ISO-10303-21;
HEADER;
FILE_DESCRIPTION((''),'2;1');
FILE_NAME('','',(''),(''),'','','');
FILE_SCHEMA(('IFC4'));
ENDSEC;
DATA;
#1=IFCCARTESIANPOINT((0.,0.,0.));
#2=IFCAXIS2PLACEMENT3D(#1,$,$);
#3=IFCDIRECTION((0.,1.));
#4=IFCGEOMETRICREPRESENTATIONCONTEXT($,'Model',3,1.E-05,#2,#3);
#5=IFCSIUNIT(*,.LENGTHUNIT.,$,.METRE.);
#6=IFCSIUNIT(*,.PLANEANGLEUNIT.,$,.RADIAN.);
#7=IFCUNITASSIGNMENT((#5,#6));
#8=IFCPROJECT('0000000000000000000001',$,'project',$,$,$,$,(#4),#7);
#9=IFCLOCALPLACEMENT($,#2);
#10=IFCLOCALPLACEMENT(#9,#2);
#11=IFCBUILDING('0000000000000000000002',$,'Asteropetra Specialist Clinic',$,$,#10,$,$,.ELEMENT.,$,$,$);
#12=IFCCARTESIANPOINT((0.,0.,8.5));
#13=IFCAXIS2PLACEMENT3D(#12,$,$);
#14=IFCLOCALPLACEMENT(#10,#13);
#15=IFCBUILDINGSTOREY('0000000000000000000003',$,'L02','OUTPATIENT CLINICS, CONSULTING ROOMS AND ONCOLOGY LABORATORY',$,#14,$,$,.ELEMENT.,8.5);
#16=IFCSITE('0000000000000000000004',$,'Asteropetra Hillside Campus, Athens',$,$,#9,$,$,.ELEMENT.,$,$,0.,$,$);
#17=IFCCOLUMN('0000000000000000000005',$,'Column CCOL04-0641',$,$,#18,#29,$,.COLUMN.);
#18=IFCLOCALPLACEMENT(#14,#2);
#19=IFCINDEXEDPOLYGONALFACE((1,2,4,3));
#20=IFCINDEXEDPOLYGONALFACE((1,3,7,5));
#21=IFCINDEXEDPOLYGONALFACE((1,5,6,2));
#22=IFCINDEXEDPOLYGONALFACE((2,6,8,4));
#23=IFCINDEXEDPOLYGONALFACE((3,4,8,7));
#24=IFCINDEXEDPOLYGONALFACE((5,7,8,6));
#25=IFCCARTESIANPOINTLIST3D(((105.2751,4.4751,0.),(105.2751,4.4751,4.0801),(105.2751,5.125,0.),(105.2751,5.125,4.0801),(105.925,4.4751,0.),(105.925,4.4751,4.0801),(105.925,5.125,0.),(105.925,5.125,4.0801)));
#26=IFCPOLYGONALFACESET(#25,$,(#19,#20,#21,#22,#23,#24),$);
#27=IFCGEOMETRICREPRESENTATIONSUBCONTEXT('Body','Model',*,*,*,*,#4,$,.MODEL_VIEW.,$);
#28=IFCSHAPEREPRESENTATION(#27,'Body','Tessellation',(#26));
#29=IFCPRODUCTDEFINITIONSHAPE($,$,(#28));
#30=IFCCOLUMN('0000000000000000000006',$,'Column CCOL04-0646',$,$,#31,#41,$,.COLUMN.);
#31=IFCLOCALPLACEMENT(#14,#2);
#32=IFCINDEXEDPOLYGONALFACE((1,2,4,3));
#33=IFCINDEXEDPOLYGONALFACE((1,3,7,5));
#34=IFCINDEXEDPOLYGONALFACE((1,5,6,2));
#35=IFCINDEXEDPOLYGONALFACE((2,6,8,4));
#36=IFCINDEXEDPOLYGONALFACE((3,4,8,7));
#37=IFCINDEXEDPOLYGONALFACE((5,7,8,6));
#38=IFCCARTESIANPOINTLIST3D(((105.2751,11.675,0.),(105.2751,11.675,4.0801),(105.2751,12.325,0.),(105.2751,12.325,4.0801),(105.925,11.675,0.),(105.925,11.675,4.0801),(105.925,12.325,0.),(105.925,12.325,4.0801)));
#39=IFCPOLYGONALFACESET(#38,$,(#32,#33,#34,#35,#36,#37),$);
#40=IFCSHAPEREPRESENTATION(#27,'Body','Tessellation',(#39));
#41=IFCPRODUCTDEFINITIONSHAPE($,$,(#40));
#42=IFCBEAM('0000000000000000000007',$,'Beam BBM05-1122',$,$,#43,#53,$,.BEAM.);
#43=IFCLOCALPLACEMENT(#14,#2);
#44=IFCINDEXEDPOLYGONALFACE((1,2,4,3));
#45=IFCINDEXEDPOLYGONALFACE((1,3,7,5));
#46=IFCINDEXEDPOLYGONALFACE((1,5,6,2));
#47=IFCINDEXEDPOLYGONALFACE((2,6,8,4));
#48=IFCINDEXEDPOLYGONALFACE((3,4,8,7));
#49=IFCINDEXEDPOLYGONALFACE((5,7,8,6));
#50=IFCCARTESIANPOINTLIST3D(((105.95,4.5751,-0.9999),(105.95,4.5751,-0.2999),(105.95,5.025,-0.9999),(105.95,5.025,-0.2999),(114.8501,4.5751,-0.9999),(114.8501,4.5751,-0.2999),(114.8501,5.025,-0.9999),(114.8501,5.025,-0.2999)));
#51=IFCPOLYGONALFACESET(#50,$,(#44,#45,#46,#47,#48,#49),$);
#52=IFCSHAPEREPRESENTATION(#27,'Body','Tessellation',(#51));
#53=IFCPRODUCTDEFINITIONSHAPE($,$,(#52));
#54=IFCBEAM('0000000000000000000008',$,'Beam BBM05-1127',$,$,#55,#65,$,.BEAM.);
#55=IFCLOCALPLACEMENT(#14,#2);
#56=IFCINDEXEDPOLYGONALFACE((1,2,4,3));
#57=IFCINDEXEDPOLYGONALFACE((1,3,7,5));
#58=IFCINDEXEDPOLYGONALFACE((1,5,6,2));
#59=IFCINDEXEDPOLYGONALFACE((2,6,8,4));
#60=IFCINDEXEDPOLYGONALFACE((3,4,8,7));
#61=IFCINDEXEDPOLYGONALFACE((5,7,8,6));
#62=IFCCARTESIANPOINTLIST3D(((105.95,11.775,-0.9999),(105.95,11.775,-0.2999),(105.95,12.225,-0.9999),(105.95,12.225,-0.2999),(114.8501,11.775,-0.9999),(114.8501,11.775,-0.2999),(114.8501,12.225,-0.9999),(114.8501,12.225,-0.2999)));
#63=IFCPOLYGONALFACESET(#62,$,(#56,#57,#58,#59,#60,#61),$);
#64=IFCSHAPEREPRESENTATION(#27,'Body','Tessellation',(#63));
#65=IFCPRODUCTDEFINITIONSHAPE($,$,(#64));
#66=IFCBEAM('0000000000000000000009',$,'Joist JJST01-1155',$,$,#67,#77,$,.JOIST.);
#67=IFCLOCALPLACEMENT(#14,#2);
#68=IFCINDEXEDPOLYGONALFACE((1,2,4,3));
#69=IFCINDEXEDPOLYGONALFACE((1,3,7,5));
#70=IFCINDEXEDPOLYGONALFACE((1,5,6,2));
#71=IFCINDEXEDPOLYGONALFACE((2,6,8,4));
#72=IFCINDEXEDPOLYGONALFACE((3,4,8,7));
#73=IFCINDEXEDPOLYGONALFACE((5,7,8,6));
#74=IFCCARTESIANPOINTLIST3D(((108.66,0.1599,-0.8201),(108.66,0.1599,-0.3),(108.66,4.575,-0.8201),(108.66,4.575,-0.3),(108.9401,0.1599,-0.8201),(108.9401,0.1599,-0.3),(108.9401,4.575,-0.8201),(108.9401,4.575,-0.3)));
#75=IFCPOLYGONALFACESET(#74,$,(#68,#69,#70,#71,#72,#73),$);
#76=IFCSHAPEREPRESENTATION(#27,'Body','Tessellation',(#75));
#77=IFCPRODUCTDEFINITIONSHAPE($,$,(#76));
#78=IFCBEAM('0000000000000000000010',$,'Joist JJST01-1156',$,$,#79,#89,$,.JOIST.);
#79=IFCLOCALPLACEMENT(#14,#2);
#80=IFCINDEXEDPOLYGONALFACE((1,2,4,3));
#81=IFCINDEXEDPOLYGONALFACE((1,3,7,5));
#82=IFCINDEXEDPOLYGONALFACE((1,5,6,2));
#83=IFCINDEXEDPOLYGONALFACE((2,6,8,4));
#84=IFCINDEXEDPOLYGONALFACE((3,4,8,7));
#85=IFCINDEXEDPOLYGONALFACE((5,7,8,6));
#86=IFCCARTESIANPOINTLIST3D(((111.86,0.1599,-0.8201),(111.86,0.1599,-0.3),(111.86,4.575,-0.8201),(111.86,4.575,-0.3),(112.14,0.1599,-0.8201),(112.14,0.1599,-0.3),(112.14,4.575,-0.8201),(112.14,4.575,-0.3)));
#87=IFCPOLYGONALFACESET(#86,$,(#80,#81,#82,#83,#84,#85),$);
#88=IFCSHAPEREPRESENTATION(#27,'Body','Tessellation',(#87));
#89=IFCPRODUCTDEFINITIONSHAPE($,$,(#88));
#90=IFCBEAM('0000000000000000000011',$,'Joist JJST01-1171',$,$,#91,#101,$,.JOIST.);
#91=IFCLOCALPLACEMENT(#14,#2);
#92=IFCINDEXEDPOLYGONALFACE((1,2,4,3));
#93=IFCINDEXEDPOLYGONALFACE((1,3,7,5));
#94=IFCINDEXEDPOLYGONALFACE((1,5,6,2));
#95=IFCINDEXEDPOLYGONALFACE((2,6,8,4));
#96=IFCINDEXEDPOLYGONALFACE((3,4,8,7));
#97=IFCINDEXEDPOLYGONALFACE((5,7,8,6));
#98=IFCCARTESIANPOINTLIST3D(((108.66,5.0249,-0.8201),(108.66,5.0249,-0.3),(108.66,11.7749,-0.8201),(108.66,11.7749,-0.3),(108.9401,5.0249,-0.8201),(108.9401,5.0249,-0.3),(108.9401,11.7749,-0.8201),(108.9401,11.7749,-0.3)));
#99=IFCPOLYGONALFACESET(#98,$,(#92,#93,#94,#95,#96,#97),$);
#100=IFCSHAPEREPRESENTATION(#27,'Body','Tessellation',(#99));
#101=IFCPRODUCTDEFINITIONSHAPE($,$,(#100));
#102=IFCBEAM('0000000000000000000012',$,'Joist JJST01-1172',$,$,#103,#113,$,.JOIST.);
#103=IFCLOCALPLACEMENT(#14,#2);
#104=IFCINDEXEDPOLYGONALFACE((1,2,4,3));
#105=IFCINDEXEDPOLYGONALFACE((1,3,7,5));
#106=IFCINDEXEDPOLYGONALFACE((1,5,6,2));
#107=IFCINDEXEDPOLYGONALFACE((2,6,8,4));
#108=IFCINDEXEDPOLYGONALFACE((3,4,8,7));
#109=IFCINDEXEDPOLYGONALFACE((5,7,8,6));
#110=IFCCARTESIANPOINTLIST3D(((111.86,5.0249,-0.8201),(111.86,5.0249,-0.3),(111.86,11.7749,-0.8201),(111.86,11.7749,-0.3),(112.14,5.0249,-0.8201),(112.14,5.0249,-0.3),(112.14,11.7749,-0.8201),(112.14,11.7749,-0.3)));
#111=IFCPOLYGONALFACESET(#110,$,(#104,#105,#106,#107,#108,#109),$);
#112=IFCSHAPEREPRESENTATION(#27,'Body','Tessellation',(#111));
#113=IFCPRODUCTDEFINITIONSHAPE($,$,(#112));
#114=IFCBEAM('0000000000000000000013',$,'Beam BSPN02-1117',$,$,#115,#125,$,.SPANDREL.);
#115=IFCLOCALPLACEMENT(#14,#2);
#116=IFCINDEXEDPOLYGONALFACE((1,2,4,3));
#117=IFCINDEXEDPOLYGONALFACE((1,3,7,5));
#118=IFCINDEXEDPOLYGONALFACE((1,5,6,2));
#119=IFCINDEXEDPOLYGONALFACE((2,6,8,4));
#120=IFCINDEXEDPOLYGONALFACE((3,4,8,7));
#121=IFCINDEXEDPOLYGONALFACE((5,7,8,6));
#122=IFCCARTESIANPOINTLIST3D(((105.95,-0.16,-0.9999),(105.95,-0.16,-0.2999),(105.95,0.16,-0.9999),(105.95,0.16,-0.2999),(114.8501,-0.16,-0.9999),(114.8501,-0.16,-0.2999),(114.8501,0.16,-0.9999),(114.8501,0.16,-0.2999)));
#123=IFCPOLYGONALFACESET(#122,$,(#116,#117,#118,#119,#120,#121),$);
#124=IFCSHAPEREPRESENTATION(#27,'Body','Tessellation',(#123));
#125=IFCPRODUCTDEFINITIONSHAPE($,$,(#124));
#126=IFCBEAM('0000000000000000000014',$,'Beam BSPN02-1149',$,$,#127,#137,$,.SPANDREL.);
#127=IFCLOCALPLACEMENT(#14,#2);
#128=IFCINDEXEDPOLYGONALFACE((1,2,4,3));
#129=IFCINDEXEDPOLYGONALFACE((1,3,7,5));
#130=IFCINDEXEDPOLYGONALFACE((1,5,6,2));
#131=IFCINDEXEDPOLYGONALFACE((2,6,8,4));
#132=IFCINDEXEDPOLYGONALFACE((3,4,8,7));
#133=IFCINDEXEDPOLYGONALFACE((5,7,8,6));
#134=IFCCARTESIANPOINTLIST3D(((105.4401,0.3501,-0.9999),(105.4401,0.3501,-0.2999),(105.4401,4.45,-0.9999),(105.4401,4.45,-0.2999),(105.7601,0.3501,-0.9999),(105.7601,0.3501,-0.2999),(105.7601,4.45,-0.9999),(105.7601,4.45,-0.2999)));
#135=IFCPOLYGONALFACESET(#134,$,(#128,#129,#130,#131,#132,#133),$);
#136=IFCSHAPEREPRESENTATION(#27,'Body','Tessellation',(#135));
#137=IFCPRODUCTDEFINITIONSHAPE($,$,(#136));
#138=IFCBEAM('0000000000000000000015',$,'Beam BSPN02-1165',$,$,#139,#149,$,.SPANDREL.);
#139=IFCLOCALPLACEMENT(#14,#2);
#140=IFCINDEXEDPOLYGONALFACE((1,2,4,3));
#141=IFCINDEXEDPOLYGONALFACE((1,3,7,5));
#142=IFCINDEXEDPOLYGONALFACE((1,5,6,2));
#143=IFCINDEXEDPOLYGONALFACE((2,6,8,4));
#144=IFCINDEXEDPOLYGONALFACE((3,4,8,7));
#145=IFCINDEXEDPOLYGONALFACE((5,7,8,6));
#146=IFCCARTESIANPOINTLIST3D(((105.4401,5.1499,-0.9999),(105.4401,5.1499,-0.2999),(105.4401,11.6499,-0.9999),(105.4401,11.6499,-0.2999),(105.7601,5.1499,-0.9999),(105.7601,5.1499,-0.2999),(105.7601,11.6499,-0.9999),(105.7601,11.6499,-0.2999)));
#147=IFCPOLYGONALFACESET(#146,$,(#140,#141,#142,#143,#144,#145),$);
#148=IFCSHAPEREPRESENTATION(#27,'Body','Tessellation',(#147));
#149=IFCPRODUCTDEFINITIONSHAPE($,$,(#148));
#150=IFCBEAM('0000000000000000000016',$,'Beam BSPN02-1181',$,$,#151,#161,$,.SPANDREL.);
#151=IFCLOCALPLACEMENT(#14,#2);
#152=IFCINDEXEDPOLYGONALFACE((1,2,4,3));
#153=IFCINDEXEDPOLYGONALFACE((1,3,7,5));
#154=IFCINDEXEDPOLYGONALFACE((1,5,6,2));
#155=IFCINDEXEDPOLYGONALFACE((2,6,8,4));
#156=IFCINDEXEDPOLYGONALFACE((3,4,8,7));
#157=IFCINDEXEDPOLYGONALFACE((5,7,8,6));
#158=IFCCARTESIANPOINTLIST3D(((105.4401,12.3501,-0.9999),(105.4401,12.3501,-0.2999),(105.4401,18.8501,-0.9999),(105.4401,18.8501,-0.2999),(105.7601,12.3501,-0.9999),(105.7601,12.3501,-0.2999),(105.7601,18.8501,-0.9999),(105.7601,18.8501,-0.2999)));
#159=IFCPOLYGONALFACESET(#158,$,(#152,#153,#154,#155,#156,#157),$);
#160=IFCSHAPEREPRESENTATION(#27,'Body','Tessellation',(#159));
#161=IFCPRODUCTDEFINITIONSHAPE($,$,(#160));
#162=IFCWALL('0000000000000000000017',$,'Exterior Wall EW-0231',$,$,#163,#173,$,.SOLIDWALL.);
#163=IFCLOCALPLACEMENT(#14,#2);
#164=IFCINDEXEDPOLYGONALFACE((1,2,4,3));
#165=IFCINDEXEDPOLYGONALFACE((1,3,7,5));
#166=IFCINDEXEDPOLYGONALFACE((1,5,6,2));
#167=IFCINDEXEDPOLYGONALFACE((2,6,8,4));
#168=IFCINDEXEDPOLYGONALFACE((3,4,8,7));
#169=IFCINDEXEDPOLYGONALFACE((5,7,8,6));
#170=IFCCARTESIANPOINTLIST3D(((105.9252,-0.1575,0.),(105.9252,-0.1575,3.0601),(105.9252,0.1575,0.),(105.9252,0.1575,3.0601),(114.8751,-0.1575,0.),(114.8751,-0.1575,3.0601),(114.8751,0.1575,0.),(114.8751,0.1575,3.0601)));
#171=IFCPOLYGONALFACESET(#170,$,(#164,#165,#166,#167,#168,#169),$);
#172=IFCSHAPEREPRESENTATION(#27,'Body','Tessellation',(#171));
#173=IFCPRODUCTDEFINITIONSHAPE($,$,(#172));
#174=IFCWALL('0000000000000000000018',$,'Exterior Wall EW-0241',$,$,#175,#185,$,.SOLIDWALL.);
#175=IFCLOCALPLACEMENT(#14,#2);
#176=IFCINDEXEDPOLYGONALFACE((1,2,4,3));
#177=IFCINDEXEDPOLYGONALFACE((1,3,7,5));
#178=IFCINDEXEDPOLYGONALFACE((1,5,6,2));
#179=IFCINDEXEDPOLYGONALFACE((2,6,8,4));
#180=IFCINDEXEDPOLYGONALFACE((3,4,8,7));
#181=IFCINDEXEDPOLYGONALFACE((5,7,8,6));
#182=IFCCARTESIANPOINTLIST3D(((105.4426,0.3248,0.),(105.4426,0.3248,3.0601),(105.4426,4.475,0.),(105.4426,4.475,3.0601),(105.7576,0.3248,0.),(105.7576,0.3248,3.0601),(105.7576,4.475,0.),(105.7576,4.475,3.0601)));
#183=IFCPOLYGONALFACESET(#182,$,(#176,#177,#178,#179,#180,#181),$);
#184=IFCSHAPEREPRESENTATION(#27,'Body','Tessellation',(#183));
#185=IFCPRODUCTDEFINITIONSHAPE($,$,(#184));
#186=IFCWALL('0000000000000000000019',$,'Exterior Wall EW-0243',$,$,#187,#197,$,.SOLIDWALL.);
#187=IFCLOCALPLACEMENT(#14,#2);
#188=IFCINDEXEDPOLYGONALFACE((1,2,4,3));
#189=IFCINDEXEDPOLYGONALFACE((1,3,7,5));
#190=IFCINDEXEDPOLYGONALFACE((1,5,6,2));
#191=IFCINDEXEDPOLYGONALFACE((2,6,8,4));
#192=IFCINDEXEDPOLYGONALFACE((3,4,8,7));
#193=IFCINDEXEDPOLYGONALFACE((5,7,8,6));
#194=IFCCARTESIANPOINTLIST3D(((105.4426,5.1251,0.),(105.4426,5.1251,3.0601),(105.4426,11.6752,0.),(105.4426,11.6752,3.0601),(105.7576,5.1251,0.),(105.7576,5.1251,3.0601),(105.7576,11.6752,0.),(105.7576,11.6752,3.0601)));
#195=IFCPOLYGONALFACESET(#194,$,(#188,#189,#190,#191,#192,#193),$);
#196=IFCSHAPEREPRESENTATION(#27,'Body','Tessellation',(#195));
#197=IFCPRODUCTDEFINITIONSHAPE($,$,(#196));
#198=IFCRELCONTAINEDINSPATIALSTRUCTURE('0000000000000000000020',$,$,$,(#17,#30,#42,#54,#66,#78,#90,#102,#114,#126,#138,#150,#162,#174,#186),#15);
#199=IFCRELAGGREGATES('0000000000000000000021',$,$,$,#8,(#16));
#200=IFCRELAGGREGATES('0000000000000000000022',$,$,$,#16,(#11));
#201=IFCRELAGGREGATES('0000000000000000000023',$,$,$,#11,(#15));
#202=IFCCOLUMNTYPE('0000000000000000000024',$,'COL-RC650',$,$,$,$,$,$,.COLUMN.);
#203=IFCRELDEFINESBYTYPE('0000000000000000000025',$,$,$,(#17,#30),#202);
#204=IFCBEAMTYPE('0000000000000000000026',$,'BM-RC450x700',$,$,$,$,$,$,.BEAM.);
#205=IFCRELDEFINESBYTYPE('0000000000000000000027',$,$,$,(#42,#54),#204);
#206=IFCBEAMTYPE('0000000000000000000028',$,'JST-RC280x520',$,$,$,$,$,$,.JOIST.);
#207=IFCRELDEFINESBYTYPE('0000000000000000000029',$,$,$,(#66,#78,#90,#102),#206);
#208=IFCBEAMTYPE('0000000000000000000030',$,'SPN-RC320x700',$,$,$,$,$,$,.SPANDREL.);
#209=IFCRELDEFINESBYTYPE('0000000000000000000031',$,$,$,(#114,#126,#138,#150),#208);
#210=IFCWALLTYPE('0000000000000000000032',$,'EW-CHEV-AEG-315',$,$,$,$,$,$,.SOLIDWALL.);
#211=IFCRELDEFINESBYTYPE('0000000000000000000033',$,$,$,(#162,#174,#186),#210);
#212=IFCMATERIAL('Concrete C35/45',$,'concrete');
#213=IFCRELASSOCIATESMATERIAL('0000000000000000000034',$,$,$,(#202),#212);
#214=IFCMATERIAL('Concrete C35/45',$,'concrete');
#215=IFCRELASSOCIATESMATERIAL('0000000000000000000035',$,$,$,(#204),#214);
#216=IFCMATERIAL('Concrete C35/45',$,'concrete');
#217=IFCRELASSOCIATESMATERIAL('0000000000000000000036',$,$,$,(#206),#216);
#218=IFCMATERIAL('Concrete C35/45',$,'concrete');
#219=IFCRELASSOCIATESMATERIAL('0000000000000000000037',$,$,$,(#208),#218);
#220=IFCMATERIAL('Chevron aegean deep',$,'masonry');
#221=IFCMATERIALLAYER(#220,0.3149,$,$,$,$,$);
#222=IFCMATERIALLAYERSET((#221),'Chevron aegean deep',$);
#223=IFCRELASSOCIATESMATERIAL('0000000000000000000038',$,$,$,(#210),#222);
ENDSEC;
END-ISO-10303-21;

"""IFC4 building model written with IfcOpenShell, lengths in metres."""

from ifc_helpers import new_model, si_unit, direction, frame, frame_2d, origin, origin_2d, place, context, subcontext, project, spatial, rectangle, extrude, material, layer, layer_set, material_profile, profile_set, type_object, element, save


model = new_model("IFC4")

# Units and contexts
model_context = context("Model", 3, precision=1e-05, world=origin(), true_north=direction((0.0, 1.0)))
body_context = subcontext(model_context, "Body", "Model", "MODEL_VIEW")
ifc_project = project(units=[si_unit("LENGTHUNIT", "METRE"), si_unit("PLANEANGLEUNIT", "RADIAN")], contexts=[model_context])

# Site, building, storey
site_placement = place(None, origin())
site = spatial("IfcSite", under=ifc_project, at=site_placement, Name="Asteropetra Hillside Campus, Athens", CompositionType="ELEMENT", RefElevation=0.0)
building_placement = place(site_placement, origin())
building = spatial("IfcBuilding", under=site, at=building_placement, Name="Asteropetra Specialist Clinic", CompositionType="ELEMENT")
storey_placement = place(building_placement, frame((0.0, 0.0, 8.5)))
storey = spatial("IfcBuildingStorey", under=building, at=storey_placement, Name="L02", Description="OUTPATIENT CLINICS, CONSULTING ROOMS AND ONCOLOGY LABORATORY", CompositionType="ELEMENT", Elevation=8.5)

# Columns
ifc_material_1 = material(Name="Concrete C35/45", Category="concrete")
ifc_material_profile_1 = material_profile(ifc_material_1, rectangle(XDim=0.6499, YDim=0.6499, at=origin_2d()), Name="RC 650x650")
ifc_profile_set_1 = profile_set([ifc_material_profile_1], Name="Concrete C35/45")
column_type = type_object("IfcColumnType", Name="COL-RC650", PredefinedType="COLUMN", material=ifc_profile_set_1)
for number, where, z_axis, x_axis, name in (
    (1, (105.6001, 4.8, 0.0), (0.0, 0.0, 1.0), (1.0, 0.0, 0.0), "Column CCOL04-0641"),
    (2, (105.6001, 12.0, 0.0), (0.0, 0.0, 1.0), (1.0, 0.0, 0.0), "Column CCOL04-0646"),
):
    element("IfcColumn", number, at=place(storey_placement, frame(where, z_axis=z_axis, x_axis=x_axis)), inside=storey, type_object=column_type, Name=name, PredefinedType="COLUMN", context=body_context, shape_type="SweptSolid", body=[
        extrude(rectangle(XDim=0.6499, YDim=0.6499, at=origin_2d()), origin(), (0.0, 0.0, 1.0), 4.0801),
    ])

# Beams
ifc_material_2 = material(Name="Concrete C35/45", Category="concrete")
ifc_material_profile_2 = material_profile(ifc_material_2, rectangle(XDim=0.45, YDim=0.7, at=origin_2d()), Name="RCB 450x700")
ifc_profile_set_2 = profile_set([ifc_material_profile_2], Name="Concrete C35/45")
beam_type_1 = type_object("IfcBeamType", Name="BM-RC450x700", PredefinedType="BEAM", material=ifc_profile_set_2)
for number, where, z_axis, x_axis, name in (
    (3, (105.95, 4.8, -0.6499), (1.0, 0.0, 0.0), (0.0, 1.0, 0.0), "Beam BBM05-1122"),
    (4, (105.95, 12.0, -0.6499), (1.0, 0.0, 0.0), (0.0, 1.0, 0.0), "Beam BBM05-1127"),
):
    element("IfcBeam", number, at=place(storey_placement, frame(where, z_axis=z_axis, x_axis=x_axis)), inside=storey, type_object=beam_type_1, Name=name, PredefinedType="BEAM", context=body_context, shape_type="SweptSolid", body=[
        extrude(rectangle(XDim=0.45, YDim=0.7, at=origin_2d()), origin(), (0.0, 0.0, 1.0), 8.9001),
    ])
ifc_material_3 = material(Name="Concrete C35/45", Category="concrete")
ifc_material_profile_3 = material_profile(ifc_material_3, rectangle(XDim=0.28, YDim=0.52, at=origin_2d()), Name="RCJ 280x520")
ifc_profile_set_3 = profile_set([ifc_material_profile_3], Name="Concrete C35/45")
beam_type_2 = type_object("IfcBeamType", Name="JST-RC280x520", PredefinedType="JOIST", material=ifc_profile_set_3)
for number, where, z_axis, x_axis, name in (
    (5, (108.8, 0.1599, -0.5601), (0.0, 1.0, 0.0), (-1.0, 0.0, 0.0), "Joist JJST01-1155"),
    (6, (112.0, 0.1599, -0.5601), (0.0, 1.0, 0.0), (-1.0, 0.0, 0.0), "Joist JJST01-1156"),
):
    element("IfcBeam", number, at=place(storey_placement, frame(where, z_axis=z_axis, x_axis=x_axis)), inside=storey, type_object=beam_type_2, Name=name, PredefinedType="JOIST", context=body_context, shape_type="SweptSolid", body=[
        extrude(rectangle(XDim=0.28, YDim=0.52, at=origin_2d()), origin(), (0.0, 0.0, 1.0), 4.415),
    ])
for number, where, z_axis, x_axis, name in (
    (7, (108.8, 5.0249, -0.5601), (0.0, 1.0, 0.0), (-1.0, 0.0, 0.0), "Joist JJST01-1171"),
    (8, (112.0, 5.0249, -0.5601), (0.0, 1.0, 0.0), (-1.0, 0.0, 0.0), "Joist JJST01-1172"),
):
    element("IfcBeam", number, at=place(storey_placement, frame(where, z_axis=z_axis, x_axis=x_axis)), inside=storey, type_object=beam_type_2, Name=name, PredefinedType="JOIST", context=body_context, shape_type="SweptSolid", body=[
        extrude(rectangle(XDim=0.28, YDim=0.52, at=origin_2d()), origin(), (0.0, 0.0, 1.0), 6.75),
    ])
ifc_material_4 = material(Name="Concrete C35/45", Category="concrete")
ifc_material_profile_4 = material_profile(ifc_material_4, rectangle(XDim=0.3201, YDim=0.7, at=origin_2d()), Name="RCS 320x700")
ifc_profile_set_4 = profile_set([ifc_material_profile_4], Name="Concrete C35/45")
beam_type_3 = type_object("IfcBeamType", Name="SPN-RC320x700", PredefinedType="SPANDREL", material=ifc_profile_set_4)
beam_1_placement = place(storey_placement, frame((105.95, 0.0, -0.6499), z_axis=(1.0, 0.0, 0.0), x_axis=(0.0, 1.0, 0.0)))
element("IfcBeam", 9, at=beam_1_placement, inside=storey, type_object=beam_type_3, Name="Beam BSPN02-1117", PredefinedType="SPANDREL", context=body_context, shape_type="SweptSolid", body=[
    extrude(rectangle(XDim=0.3201, YDim=0.7, at=origin_2d()), origin(), (0.0, 0.0, 1.0), 8.9001),
])
beam_2_placement = place(storey_placement, frame((105.6001, 0.3501, -0.6499), z_axis=(0.0, 1.0, 0.0), x_axis=(-1.0, 0.0, 0.0)))
element("IfcBeam", 10, at=beam_2_placement, inside=storey, type_object=beam_type_3, Name="Beam BSPN02-1149", PredefinedType="SPANDREL", context=body_context, shape_type="SweptSolid", body=[
    extrude(rectangle(XDim=0.3201, YDim=0.7, at=origin_2d()), origin(), (0.0, 0.0, 1.0), 4.0999),
])
for number, where, z_axis, x_axis, name in (
    (11, (105.6001, 5.1499, -0.6499), (0.0, 1.0, 0.0), (-1.0, 0.0, 0.0), "Beam BSPN02-1165"),
    (12, (105.6001, 12.3501, -0.6499), (0.0, 1.0, 0.0), (-1.0, 0.0, 0.0), "Beam BSPN02-1181"),
):
    element("IfcBeam", number, at=place(storey_placement, frame(where, z_axis=z_axis, x_axis=x_axis)), inside=storey, type_object=beam_type_3, Name=name, PredefinedType="SPANDREL", context=body_context, shape_type="SweptSolid", body=[
        extrude(rectangle(XDim=0.3201, YDim=0.7, at=origin_2d()), origin(), (0.0, 0.0, 1.0), 6.5),
    ])

# Walls
ifc_material_5 = material(Name="Chevron aegean deep", Category="masonry")
ifc_layer_1 = layer(ifc_material_5, 0.3149)
ifc_layer_set_1 = layer_set([ifc_layer_1], Name="Chevron aegean deep")
wall_type_1 = type_object("IfcWallType", Name="EW-CHEV-AEG-315", PredefinedType="SOLIDWALL", material=ifc_layer_set_1)
wall_1_placement = place(storey_placement, frame((105.925, 0.0, 0.0), z_axis=(0.0, 0.0, 1.0), x_axis=(1.0, 0.0, 0.0)))
element("IfcWall", 13, at=wall_1_placement, inside=storey, type_object=wall_type_1, Name="Exterior Wall EW-0231", PredefinedType="SOLIDWALL", context=body_context, shape_type="SweptSolid", body=[
    extrude(rectangle(XDim=8.95, YDim=0.3149, at=frame_2d((4.4751, 0.0))), origin(), (0.0, 0.0, 1.0), 3.0601),
])
wall_2_placement = place(storey_placement, frame((105.6001, 4.4751, 0.0), z_axis=(0.0, 0.0, 1.0), x_axis=(0.0, -1.0, 0.0)))
element("IfcWall", 14, at=wall_2_placement, inside=storey, type_object=wall_type_1, Name="Exterior Wall EW-0241", PredefinedType="SOLIDWALL", context=body_context, shape_type="SweptSolid", body=[
    extrude(rectangle(XDim=4.1501, YDim=0.3149, at=frame_2d((2.0752, 0.0))), origin(), (0.0, 0.0, 1.0), 3.0601),
])
wall_3_placement = place(storey_placement, frame((105.6001, 11.675, 0.0), z_axis=(0.0, 0.0, 1.0), x_axis=(0.0, -1.0, 0.0)))
element("IfcWall", 15, at=wall_3_placement, inside=storey, type_object=wall_type_1, Name="Exterior Wall EW-0243", PredefinedType="SOLIDWALL", context=body_context, shape_type="SweptSolid", body=[
    extrude(rectangle(XDim=6.55, YDim=0.3149, at=frame_2d((3.2749, 0.0))), origin(), (0.0, 0.0, 1.0), 3.0601),
])

save(model, "model.ifc")
